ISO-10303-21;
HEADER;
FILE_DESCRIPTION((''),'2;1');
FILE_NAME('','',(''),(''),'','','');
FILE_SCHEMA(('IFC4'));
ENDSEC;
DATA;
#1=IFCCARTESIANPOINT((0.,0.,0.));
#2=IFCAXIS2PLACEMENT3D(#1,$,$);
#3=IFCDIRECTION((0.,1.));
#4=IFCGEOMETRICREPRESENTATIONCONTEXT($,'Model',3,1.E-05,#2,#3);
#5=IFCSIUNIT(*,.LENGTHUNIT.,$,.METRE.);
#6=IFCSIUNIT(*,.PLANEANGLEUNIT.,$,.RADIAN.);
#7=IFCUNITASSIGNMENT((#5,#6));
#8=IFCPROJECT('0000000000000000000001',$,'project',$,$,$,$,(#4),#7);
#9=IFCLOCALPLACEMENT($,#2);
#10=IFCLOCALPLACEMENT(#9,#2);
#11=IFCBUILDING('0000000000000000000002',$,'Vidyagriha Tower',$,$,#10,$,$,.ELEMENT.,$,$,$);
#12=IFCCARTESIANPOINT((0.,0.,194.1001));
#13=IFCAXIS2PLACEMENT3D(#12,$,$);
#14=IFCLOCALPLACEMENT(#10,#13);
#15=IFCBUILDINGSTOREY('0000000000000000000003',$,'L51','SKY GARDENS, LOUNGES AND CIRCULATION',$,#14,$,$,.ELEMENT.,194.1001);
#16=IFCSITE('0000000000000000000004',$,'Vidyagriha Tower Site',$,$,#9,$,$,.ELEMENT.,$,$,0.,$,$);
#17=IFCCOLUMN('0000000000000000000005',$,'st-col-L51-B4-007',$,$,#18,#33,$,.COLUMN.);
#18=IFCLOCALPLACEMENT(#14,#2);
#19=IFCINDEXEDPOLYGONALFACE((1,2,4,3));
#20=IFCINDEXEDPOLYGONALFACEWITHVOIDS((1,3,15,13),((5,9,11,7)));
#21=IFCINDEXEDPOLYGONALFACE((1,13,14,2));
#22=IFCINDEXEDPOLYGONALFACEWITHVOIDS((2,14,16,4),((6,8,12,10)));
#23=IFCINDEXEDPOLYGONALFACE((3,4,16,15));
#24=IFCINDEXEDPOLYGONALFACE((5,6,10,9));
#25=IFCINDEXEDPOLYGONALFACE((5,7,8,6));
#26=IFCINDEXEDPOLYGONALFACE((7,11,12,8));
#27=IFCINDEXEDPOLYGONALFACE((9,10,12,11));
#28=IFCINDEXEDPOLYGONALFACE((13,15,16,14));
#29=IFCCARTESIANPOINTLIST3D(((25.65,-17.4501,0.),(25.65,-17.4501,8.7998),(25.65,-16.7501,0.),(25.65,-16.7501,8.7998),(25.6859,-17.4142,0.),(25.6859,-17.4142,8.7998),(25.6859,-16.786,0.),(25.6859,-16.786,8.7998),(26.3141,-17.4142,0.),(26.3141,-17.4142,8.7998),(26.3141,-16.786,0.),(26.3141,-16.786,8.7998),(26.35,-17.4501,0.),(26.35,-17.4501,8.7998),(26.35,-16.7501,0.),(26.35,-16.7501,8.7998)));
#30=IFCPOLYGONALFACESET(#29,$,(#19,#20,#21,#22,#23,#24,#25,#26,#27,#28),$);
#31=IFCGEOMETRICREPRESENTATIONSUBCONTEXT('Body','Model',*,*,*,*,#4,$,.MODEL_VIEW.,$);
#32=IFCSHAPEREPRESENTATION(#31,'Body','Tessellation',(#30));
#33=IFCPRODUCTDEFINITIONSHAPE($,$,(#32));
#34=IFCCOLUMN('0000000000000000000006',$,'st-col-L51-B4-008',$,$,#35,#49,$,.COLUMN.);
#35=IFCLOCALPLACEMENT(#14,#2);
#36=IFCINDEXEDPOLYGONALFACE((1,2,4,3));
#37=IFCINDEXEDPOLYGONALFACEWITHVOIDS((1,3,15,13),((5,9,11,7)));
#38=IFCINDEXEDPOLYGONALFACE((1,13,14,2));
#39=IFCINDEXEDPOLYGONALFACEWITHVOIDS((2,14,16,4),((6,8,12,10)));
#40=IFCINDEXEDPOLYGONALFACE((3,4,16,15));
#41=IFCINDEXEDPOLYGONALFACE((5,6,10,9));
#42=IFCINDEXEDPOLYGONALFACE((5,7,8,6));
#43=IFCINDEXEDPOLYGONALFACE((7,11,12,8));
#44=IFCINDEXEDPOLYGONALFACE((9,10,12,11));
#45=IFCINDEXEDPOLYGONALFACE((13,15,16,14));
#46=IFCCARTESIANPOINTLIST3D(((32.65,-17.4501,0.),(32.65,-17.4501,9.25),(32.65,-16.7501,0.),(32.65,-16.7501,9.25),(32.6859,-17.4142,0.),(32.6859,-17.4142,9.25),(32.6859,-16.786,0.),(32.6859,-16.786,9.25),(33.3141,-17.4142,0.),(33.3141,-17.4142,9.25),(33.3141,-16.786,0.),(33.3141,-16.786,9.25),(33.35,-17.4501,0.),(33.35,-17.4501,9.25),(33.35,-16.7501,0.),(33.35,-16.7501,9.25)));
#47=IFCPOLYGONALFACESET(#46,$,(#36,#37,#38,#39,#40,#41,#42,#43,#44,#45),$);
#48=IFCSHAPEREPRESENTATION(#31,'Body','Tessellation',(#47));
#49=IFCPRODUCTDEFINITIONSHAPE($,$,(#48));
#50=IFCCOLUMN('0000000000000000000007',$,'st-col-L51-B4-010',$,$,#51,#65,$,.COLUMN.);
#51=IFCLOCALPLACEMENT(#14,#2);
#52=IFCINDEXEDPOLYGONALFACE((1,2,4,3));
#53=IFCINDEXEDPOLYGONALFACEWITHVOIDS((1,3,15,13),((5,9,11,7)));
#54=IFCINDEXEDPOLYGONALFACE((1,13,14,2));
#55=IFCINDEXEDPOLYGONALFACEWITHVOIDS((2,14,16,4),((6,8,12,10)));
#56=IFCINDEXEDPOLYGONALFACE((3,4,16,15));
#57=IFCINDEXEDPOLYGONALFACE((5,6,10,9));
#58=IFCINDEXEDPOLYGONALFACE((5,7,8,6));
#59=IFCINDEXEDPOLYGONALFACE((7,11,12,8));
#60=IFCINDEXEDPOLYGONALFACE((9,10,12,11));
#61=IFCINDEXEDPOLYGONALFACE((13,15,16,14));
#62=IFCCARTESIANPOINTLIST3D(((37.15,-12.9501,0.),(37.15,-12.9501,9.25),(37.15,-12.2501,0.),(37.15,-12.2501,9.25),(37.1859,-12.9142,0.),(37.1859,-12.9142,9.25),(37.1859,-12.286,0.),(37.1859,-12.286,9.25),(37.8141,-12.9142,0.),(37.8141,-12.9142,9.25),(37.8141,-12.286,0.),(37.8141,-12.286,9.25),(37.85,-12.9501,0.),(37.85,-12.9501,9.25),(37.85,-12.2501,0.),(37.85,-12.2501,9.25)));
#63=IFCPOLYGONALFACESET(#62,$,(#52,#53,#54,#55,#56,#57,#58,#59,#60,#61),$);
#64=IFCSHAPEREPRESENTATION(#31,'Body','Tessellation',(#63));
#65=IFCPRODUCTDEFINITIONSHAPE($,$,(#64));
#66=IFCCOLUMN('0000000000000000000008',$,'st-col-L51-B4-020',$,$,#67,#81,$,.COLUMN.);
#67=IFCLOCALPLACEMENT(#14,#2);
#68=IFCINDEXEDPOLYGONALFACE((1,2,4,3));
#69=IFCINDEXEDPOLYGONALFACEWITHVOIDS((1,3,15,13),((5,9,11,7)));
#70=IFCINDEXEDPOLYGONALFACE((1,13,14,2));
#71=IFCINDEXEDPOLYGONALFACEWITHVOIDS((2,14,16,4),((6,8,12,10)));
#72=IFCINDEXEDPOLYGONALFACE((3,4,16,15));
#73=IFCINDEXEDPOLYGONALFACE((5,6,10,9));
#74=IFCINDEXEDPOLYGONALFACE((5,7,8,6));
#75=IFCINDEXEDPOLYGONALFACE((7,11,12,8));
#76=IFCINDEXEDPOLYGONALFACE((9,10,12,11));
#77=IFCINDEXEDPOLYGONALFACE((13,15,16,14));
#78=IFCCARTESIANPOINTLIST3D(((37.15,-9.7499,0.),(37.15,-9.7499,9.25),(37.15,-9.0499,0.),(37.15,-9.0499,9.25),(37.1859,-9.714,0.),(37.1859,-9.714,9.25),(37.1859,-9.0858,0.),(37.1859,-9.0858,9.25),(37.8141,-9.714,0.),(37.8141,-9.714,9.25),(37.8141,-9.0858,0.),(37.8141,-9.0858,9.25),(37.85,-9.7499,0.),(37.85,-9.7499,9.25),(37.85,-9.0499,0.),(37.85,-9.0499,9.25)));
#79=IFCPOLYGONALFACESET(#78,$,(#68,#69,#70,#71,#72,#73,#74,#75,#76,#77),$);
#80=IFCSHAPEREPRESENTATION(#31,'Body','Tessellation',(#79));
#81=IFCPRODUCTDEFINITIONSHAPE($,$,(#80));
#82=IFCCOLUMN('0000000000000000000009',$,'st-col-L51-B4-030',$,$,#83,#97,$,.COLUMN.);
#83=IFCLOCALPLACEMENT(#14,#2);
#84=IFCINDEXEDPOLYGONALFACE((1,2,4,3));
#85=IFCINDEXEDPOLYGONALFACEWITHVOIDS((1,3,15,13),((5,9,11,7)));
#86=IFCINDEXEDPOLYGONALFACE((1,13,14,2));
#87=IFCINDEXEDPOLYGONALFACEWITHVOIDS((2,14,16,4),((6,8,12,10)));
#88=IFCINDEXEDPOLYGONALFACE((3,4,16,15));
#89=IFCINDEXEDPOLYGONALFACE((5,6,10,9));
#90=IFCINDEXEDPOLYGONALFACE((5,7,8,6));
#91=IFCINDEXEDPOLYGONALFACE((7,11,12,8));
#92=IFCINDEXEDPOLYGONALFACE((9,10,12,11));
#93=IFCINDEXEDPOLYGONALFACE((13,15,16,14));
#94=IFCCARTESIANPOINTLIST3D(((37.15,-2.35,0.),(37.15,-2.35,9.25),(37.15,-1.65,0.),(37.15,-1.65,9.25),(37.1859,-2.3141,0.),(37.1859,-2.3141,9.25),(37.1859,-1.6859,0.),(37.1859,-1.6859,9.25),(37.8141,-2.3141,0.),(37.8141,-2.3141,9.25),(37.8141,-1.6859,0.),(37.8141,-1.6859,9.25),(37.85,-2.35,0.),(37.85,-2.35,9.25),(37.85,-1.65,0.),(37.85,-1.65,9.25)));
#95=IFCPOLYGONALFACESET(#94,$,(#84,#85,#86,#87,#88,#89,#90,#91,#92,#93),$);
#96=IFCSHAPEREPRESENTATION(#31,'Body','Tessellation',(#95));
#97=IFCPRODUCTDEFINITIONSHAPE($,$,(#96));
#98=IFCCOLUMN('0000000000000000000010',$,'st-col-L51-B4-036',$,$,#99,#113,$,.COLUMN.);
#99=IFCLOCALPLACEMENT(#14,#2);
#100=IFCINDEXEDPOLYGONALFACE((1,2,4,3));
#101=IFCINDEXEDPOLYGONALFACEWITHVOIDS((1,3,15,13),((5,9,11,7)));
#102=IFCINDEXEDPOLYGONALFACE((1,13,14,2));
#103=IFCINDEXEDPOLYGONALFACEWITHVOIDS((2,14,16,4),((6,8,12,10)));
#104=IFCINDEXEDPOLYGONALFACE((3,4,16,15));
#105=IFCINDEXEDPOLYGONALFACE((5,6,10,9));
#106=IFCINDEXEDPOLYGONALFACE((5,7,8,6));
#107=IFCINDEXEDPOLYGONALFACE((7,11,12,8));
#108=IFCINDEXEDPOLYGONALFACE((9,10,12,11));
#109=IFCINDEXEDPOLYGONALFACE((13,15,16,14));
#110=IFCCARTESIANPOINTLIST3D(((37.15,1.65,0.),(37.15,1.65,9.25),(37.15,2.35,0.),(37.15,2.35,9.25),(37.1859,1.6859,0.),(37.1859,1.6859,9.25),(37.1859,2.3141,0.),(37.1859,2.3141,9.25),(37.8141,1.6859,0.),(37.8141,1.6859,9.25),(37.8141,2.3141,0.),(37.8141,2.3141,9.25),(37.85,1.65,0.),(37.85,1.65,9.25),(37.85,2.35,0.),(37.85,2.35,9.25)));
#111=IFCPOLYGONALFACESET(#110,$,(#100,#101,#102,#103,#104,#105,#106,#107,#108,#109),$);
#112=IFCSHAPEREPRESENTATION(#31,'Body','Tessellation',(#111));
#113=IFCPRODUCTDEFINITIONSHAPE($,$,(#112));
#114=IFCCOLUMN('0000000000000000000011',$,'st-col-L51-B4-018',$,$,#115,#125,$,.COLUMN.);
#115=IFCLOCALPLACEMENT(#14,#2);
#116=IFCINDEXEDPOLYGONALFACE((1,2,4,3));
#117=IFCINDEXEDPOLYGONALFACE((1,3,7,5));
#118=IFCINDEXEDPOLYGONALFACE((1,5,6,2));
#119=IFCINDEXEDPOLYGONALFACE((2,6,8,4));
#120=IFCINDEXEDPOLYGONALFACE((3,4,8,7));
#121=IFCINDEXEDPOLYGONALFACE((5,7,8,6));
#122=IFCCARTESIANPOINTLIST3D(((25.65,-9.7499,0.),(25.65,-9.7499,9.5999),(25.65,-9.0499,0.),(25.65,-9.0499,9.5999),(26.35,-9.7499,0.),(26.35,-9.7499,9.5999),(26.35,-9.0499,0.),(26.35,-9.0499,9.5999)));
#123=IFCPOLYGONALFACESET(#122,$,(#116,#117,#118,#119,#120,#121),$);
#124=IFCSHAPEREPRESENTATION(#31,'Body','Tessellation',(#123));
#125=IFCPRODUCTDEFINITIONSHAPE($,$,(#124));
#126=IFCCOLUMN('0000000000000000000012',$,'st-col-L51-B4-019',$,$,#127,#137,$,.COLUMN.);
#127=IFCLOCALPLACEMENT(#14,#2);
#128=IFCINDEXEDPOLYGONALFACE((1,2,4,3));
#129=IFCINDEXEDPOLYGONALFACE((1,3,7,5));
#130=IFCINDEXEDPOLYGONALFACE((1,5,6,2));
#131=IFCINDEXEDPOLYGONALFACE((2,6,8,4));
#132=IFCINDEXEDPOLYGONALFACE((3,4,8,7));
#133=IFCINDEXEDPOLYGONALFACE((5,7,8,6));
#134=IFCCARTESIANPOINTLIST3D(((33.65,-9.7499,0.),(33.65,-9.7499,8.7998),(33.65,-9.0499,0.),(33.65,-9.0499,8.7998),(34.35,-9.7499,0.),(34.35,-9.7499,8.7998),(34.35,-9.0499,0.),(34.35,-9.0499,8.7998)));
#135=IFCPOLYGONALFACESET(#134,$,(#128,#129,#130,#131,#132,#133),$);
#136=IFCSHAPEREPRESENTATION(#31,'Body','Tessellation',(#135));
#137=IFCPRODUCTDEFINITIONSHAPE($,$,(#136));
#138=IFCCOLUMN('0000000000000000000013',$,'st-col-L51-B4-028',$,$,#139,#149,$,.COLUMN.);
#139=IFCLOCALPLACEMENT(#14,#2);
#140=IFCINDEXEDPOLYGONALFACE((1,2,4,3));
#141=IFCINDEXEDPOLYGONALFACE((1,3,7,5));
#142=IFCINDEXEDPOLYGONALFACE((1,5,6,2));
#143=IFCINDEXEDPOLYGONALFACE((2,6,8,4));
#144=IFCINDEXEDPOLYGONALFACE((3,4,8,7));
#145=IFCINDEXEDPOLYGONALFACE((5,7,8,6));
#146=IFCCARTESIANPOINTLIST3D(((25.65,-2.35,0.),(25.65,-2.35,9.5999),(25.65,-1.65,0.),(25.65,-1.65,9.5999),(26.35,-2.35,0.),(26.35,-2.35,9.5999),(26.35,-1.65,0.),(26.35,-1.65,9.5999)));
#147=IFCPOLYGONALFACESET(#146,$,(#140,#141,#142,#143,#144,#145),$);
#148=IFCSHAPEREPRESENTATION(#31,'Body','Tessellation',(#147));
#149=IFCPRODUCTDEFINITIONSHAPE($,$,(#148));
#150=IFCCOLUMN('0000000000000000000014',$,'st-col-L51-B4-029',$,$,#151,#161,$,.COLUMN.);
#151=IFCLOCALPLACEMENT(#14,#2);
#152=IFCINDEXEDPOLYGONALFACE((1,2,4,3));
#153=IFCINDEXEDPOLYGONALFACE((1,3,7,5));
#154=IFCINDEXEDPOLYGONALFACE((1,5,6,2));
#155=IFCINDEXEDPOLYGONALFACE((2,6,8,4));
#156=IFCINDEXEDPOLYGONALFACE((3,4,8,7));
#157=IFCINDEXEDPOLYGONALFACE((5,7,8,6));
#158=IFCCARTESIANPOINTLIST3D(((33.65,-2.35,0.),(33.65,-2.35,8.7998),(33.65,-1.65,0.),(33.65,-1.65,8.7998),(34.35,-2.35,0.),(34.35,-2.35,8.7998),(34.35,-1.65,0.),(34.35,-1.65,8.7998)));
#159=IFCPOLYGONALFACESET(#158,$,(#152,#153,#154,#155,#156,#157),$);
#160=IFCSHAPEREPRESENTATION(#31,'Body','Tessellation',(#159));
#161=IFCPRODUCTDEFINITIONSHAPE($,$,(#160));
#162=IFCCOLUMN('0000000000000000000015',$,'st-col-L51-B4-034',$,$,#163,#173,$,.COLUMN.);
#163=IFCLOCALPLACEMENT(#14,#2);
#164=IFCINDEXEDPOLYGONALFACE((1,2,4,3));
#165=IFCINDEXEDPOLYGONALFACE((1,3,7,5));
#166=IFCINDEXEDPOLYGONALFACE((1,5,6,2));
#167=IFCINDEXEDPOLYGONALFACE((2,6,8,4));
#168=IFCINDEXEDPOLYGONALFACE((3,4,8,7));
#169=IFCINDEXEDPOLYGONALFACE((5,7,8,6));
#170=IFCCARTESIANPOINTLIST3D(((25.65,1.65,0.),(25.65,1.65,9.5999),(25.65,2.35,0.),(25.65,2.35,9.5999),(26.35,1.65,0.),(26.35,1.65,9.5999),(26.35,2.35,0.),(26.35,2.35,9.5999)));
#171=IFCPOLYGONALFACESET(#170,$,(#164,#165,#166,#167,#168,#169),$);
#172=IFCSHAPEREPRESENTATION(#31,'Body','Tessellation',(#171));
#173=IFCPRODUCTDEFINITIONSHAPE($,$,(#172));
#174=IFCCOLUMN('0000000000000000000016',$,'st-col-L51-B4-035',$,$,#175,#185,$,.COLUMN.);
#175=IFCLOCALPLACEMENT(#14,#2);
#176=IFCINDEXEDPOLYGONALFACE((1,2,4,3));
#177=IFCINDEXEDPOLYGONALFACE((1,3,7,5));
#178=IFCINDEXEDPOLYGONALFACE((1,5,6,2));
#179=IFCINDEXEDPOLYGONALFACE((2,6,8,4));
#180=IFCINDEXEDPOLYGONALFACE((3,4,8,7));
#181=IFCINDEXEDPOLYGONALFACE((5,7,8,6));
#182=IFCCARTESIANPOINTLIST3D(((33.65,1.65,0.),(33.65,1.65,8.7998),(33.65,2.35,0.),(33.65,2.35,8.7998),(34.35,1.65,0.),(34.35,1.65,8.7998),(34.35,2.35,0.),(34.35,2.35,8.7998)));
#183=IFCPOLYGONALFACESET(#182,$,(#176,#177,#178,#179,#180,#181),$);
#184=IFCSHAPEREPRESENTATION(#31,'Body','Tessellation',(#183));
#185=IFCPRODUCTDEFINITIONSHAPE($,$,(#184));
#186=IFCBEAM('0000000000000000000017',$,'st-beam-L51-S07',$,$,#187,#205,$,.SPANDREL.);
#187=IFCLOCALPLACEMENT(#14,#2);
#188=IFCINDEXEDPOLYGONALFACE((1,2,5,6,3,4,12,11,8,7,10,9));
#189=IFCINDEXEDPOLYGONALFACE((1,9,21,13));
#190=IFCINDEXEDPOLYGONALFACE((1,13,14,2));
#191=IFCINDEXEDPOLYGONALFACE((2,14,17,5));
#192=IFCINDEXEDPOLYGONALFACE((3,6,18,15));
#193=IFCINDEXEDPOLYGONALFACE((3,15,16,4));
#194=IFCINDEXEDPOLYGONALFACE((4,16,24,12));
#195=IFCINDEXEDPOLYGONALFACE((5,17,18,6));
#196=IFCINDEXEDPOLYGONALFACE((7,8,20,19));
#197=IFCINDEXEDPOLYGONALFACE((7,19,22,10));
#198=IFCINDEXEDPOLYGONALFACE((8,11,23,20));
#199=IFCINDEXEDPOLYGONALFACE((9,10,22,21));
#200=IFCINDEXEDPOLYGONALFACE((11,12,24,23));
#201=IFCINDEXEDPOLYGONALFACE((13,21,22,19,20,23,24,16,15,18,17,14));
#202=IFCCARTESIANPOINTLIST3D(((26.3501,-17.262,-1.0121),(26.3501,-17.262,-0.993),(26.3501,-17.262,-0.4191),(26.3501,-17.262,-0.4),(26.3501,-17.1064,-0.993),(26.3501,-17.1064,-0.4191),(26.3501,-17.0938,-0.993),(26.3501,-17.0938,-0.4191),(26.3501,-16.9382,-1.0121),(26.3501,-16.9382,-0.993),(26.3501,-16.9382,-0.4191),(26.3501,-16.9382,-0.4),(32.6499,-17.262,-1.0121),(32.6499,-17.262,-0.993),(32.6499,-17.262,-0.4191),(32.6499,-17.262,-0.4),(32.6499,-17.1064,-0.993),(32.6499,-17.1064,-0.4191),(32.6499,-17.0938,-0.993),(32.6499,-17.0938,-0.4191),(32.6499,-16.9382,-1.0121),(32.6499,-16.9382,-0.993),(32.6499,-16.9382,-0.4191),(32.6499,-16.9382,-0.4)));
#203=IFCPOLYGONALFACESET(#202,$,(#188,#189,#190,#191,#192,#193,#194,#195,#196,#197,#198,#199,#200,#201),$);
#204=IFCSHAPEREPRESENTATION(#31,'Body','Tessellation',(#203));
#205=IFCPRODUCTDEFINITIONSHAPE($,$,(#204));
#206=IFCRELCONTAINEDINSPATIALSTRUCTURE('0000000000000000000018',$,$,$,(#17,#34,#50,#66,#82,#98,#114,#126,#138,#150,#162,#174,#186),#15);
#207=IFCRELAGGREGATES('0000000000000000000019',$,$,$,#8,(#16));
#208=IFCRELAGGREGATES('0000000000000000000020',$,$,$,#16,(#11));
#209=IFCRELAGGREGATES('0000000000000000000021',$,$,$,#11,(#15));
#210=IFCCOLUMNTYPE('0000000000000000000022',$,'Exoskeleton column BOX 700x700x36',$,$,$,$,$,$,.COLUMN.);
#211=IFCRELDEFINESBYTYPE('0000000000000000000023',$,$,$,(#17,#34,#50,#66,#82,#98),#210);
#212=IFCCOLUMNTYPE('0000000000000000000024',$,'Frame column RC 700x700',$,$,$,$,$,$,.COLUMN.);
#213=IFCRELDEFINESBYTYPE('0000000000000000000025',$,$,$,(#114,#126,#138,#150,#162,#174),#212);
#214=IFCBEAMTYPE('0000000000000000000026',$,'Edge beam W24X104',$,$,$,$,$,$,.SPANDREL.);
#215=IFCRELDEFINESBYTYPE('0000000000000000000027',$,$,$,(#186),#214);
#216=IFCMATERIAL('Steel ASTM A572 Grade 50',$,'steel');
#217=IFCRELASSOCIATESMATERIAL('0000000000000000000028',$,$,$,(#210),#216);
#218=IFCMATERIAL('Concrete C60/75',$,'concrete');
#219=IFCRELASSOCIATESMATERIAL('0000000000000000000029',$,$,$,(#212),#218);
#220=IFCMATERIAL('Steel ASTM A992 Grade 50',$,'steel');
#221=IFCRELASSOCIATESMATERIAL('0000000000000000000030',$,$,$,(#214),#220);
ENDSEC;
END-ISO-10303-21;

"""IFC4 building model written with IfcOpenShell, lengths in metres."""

from ifc_helpers import new_model, si_unit, direction, frame, origin, origin_2d, place, context, subcontext, project, spatial, rectangle, hollow_rectangle, i_section, extrude, material, material_profile, profile_set, type_object, element, save


model = new_model("IFC4")

# Units and contexts
model_context = context("Model", 3, precision=1e-05, world=origin(), true_north=direction((0.0, 1.0)))
body_context = subcontext(model_context, "Body", "Model", "MODEL_VIEW")
ifc_project = project(units=[si_unit("LENGTHUNIT", "METRE"), si_unit("PLANEANGLEUNIT", "RADIAN")], contexts=[model_context])

# Site, building, storey
site_placement = place(None, origin())
site = spatial("IfcSite", under=ifc_project, at=site_placement, Name="Vidyagriha Tower Site", CompositionType="ELEMENT", RefElevation=0.0)
building_placement = place(site_placement, origin())
building = spatial("IfcBuilding", under=site, at=building_placement, Name="Vidyagriha Tower", CompositionType="ELEMENT")
storey_placement = place(building_placement, frame((0.0, 0.0, 194.1001)))
storey = spatial("IfcBuildingStorey", under=building, at=storey_placement, Name="L51", Description="SKY GARDENS, LOUNGES AND CIRCULATION", CompositionType="ELEMENT", Elevation=194.1001)

# Columns
ifc_material_1 = material(Name="Steel ASTM A572 Grade 50", Category="steel")
ifc_material_profile_1 = material_profile(ifc_material_1, hollow_rectangle(XDim=0.7, YDim=0.7, WallThickness=0.0359, at=origin_2d()), Name="BOX 700x700x36")
ifc_profile_set_1 = profile_set([ifc_material_profile_1], Name="Steel ASTM A572 Grade 50")
column_type_1 = type_object("IfcColumnType", Name="Exoskeleton column BOX 700x700x36", PredefinedType="COLUMN", material=ifc_profile_set_1)
column_1_placement = place(storey_placement, frame((26.0, -17.1001, 0.0)))
element("IfcColumn", 1, at=column_1_placement, inside=storey, type_object=column_type_1, Name="st-col-L51-B4-007", PredefinedType="COLUMN", context=body_context, shape_type="SweptSolid", body=[
    extrude(hollow_rectangle(XDim=0.7, YDim=0.7, WallThickness=0.0359, at=origin_2d()), origin(), (0.0, 0.0, 1.0), 8.7998),
])
for number, where, name in (
    (2, (33.0, -17.1001, 0.0), "st-col-L51-B4-008"),
    (3, (37.5, -12.6001, 0.0), "st-col-L51-B4-010"),
    (4, (37.5, -9.3999, 0.0), "st-col-L51-B4-020"),
    (5, (37.5, -2.0, 0.0), "st-col-L51-B4-030"),
    (6, (37.5, 2.0, 0.0), "st-col-L51-B4-036"),
):
    element("IfcColumn", number, at=place(storey_placement, frame(where)), inside=storey, type_object=column_type_1, Name=name, PredefinedType="COLUMN", context=body_context, shape_type="SweptSolid", body=[
        extrude(hollow_rectangle(XDim=0.7, YDim=0.7, WallThickness=0.0359, at=origin_2d()), origin(), (0.0, 0.0, 1.0), 9.25),
    ])
ifc_material_2 = material(Name="Concrete C60/75", Category="concrete")
ifc_material_profile_2 = material_profile(ifc_material_2, rectangle(XDim=0.7, YDim=0.7, at=origin_2d()), Name="RC 700x700")
ifc_profile_set_2 = profile_set([ifc_material_profile_2], Name="Concrete C60/75")
column_type_2 = type_object("IfcColumnType", Name="Frame column RC 700x700", PredefinedType="COLUMN", material=ifc_profile_set_2)
column_2_placement = place(storey_placement, frame((26.0, -9.3999, 0.0)))
element("IfcColumn", 7, at=column_2_placement, inside=storey, type_object=column_type_2, Name="st-col-L51-B4-018", PredefinedType="COLUMN", context=body_context, shape_type="SweptSolid", body=[
    extrude(rectangle(XDim=0.7, YDim=0.7, at=origin_2d()), origin(), (0.0, 0.0, 1.0), 9.5999),
])
column_3_placement = place(storey_placement, frame((34.0, -9.3999, 0.0)))
element("IfcColumn", 8, at=column_3_placement, inside=storey, type_object=column_type_2, Name="st-col-L51-B4-019", PredefinedType="COLUMN", context=body_context, shape_type="SweptSolid", body=[
    extrude(rectangle(XDim=0.7, YDim=0.7, at=origin_2d()), origin(), (0.0, 0.0, 1.0), 8.7998),
])
column_4_placement = place(storey_placement, frame((26.0, -2.0, 0.0)))
element("IfcColumn", 9, at=column_4_placement, inside=storey, type_object=column_type_2, Name="st-col-L51-B4-028", PredefinedType="COLUMN", context=body_context, shape_type="SweptSolid", body=[
    extrude(rectangle(XDim=0.7, YDim=0.7, at=origin_2d()), origin(), (0.0, 0.0, 1.0), 9.5999),
])
column_5_placement = place(storey_placement, frame((34.0, -2.0, 0.0)))
element("IfcColumn", 10, at=column_5_placement, inside=storey, type_object=column_type_2, Name="st-col-L51-B4-029", PredefinedType="COLUMN", context=body_context, shape_type="SweptSolid", body=[
    extrude(rectangle(XDim=0.7, YDim=0.7, at=origin_2d()), origin(), (0.0, 0.0, 1.0), 8.7998),
])
column_6_placement = place(storey_placement, frame((26.0, 2.0, 0.0)))
element("IfcColumn", 11, at=column_6_placement, inside=storey, type_object=column_type_2, Name="st-col-L51-B4-034", PredefinedType="COLUMN", context=body_context, shape_type="SweptSolid", body=[
    extrude(rectangle(XDim=0.7, YDim=0.7, at=origin_2d()), origin(), (0.0, 0.0, 1.0), 9.5999),
])
column_7_placement = place(storey_placement, frame((34.0, 2.0, 0.0)))
element("IfcColumn", 12, at=column_7_placement, inside=storey, type_object=column_type_2, Name="st-col-L51-B4-035", PredefinedType="COLUMN", context=body_context, shape_type="SweptSolid", body=[
    extrude(rectangle(XDim=0.7, YDim=0.7, at=origin_2d()), origin(), (0.0, 0.0, 1.0), 8.7998),
])

# Beam
ifc_material_3 = material(Name="Steel ASTM A992 Grade 50", Category="steel")
ifc_material_profile_3 = material_profile(ifc_material_3, i_section(OverallWidth=0.3237, OverallDepth=0.6121, WebThickness=0.0127, FlangeThickness=0.019, at=origin_2d()), Name="W24X104")
ifc_profile_set_3 = profile_set([ifc_material_profile_3], Name="Steel ASTM A992 Grade 50")
beam_type = type_object("IfcBeamType", Name="Edge beam W24X104", PredefinedType="SPANDREL", material=ifc_profile_set_3)
beam_1_placement = place(storey_placement, frame((26.3501, -17.1001, -0.7061), z_axis=(1.0, 0.0, 0.0), x_axis=(0.0, 1.0, 0.0)))
element("IfcBeam", 13, at=beam_1_placement, inside=storey, type_object=beam_type, Name="st-beam-L51-S07", PredefinedType="SPANDREL", context=body_context, shape_type="SweptSolid", body=[
    extrude(i_section(OverallWidth=0.3237, OverallDepth=0.6121, WebThickness=0.0127, FlangeThickness=0.019, at=origin_2d()), origin(), (0.0, 0.0, 1.0), 6.2998),
])

save(model, "model.ifc")
